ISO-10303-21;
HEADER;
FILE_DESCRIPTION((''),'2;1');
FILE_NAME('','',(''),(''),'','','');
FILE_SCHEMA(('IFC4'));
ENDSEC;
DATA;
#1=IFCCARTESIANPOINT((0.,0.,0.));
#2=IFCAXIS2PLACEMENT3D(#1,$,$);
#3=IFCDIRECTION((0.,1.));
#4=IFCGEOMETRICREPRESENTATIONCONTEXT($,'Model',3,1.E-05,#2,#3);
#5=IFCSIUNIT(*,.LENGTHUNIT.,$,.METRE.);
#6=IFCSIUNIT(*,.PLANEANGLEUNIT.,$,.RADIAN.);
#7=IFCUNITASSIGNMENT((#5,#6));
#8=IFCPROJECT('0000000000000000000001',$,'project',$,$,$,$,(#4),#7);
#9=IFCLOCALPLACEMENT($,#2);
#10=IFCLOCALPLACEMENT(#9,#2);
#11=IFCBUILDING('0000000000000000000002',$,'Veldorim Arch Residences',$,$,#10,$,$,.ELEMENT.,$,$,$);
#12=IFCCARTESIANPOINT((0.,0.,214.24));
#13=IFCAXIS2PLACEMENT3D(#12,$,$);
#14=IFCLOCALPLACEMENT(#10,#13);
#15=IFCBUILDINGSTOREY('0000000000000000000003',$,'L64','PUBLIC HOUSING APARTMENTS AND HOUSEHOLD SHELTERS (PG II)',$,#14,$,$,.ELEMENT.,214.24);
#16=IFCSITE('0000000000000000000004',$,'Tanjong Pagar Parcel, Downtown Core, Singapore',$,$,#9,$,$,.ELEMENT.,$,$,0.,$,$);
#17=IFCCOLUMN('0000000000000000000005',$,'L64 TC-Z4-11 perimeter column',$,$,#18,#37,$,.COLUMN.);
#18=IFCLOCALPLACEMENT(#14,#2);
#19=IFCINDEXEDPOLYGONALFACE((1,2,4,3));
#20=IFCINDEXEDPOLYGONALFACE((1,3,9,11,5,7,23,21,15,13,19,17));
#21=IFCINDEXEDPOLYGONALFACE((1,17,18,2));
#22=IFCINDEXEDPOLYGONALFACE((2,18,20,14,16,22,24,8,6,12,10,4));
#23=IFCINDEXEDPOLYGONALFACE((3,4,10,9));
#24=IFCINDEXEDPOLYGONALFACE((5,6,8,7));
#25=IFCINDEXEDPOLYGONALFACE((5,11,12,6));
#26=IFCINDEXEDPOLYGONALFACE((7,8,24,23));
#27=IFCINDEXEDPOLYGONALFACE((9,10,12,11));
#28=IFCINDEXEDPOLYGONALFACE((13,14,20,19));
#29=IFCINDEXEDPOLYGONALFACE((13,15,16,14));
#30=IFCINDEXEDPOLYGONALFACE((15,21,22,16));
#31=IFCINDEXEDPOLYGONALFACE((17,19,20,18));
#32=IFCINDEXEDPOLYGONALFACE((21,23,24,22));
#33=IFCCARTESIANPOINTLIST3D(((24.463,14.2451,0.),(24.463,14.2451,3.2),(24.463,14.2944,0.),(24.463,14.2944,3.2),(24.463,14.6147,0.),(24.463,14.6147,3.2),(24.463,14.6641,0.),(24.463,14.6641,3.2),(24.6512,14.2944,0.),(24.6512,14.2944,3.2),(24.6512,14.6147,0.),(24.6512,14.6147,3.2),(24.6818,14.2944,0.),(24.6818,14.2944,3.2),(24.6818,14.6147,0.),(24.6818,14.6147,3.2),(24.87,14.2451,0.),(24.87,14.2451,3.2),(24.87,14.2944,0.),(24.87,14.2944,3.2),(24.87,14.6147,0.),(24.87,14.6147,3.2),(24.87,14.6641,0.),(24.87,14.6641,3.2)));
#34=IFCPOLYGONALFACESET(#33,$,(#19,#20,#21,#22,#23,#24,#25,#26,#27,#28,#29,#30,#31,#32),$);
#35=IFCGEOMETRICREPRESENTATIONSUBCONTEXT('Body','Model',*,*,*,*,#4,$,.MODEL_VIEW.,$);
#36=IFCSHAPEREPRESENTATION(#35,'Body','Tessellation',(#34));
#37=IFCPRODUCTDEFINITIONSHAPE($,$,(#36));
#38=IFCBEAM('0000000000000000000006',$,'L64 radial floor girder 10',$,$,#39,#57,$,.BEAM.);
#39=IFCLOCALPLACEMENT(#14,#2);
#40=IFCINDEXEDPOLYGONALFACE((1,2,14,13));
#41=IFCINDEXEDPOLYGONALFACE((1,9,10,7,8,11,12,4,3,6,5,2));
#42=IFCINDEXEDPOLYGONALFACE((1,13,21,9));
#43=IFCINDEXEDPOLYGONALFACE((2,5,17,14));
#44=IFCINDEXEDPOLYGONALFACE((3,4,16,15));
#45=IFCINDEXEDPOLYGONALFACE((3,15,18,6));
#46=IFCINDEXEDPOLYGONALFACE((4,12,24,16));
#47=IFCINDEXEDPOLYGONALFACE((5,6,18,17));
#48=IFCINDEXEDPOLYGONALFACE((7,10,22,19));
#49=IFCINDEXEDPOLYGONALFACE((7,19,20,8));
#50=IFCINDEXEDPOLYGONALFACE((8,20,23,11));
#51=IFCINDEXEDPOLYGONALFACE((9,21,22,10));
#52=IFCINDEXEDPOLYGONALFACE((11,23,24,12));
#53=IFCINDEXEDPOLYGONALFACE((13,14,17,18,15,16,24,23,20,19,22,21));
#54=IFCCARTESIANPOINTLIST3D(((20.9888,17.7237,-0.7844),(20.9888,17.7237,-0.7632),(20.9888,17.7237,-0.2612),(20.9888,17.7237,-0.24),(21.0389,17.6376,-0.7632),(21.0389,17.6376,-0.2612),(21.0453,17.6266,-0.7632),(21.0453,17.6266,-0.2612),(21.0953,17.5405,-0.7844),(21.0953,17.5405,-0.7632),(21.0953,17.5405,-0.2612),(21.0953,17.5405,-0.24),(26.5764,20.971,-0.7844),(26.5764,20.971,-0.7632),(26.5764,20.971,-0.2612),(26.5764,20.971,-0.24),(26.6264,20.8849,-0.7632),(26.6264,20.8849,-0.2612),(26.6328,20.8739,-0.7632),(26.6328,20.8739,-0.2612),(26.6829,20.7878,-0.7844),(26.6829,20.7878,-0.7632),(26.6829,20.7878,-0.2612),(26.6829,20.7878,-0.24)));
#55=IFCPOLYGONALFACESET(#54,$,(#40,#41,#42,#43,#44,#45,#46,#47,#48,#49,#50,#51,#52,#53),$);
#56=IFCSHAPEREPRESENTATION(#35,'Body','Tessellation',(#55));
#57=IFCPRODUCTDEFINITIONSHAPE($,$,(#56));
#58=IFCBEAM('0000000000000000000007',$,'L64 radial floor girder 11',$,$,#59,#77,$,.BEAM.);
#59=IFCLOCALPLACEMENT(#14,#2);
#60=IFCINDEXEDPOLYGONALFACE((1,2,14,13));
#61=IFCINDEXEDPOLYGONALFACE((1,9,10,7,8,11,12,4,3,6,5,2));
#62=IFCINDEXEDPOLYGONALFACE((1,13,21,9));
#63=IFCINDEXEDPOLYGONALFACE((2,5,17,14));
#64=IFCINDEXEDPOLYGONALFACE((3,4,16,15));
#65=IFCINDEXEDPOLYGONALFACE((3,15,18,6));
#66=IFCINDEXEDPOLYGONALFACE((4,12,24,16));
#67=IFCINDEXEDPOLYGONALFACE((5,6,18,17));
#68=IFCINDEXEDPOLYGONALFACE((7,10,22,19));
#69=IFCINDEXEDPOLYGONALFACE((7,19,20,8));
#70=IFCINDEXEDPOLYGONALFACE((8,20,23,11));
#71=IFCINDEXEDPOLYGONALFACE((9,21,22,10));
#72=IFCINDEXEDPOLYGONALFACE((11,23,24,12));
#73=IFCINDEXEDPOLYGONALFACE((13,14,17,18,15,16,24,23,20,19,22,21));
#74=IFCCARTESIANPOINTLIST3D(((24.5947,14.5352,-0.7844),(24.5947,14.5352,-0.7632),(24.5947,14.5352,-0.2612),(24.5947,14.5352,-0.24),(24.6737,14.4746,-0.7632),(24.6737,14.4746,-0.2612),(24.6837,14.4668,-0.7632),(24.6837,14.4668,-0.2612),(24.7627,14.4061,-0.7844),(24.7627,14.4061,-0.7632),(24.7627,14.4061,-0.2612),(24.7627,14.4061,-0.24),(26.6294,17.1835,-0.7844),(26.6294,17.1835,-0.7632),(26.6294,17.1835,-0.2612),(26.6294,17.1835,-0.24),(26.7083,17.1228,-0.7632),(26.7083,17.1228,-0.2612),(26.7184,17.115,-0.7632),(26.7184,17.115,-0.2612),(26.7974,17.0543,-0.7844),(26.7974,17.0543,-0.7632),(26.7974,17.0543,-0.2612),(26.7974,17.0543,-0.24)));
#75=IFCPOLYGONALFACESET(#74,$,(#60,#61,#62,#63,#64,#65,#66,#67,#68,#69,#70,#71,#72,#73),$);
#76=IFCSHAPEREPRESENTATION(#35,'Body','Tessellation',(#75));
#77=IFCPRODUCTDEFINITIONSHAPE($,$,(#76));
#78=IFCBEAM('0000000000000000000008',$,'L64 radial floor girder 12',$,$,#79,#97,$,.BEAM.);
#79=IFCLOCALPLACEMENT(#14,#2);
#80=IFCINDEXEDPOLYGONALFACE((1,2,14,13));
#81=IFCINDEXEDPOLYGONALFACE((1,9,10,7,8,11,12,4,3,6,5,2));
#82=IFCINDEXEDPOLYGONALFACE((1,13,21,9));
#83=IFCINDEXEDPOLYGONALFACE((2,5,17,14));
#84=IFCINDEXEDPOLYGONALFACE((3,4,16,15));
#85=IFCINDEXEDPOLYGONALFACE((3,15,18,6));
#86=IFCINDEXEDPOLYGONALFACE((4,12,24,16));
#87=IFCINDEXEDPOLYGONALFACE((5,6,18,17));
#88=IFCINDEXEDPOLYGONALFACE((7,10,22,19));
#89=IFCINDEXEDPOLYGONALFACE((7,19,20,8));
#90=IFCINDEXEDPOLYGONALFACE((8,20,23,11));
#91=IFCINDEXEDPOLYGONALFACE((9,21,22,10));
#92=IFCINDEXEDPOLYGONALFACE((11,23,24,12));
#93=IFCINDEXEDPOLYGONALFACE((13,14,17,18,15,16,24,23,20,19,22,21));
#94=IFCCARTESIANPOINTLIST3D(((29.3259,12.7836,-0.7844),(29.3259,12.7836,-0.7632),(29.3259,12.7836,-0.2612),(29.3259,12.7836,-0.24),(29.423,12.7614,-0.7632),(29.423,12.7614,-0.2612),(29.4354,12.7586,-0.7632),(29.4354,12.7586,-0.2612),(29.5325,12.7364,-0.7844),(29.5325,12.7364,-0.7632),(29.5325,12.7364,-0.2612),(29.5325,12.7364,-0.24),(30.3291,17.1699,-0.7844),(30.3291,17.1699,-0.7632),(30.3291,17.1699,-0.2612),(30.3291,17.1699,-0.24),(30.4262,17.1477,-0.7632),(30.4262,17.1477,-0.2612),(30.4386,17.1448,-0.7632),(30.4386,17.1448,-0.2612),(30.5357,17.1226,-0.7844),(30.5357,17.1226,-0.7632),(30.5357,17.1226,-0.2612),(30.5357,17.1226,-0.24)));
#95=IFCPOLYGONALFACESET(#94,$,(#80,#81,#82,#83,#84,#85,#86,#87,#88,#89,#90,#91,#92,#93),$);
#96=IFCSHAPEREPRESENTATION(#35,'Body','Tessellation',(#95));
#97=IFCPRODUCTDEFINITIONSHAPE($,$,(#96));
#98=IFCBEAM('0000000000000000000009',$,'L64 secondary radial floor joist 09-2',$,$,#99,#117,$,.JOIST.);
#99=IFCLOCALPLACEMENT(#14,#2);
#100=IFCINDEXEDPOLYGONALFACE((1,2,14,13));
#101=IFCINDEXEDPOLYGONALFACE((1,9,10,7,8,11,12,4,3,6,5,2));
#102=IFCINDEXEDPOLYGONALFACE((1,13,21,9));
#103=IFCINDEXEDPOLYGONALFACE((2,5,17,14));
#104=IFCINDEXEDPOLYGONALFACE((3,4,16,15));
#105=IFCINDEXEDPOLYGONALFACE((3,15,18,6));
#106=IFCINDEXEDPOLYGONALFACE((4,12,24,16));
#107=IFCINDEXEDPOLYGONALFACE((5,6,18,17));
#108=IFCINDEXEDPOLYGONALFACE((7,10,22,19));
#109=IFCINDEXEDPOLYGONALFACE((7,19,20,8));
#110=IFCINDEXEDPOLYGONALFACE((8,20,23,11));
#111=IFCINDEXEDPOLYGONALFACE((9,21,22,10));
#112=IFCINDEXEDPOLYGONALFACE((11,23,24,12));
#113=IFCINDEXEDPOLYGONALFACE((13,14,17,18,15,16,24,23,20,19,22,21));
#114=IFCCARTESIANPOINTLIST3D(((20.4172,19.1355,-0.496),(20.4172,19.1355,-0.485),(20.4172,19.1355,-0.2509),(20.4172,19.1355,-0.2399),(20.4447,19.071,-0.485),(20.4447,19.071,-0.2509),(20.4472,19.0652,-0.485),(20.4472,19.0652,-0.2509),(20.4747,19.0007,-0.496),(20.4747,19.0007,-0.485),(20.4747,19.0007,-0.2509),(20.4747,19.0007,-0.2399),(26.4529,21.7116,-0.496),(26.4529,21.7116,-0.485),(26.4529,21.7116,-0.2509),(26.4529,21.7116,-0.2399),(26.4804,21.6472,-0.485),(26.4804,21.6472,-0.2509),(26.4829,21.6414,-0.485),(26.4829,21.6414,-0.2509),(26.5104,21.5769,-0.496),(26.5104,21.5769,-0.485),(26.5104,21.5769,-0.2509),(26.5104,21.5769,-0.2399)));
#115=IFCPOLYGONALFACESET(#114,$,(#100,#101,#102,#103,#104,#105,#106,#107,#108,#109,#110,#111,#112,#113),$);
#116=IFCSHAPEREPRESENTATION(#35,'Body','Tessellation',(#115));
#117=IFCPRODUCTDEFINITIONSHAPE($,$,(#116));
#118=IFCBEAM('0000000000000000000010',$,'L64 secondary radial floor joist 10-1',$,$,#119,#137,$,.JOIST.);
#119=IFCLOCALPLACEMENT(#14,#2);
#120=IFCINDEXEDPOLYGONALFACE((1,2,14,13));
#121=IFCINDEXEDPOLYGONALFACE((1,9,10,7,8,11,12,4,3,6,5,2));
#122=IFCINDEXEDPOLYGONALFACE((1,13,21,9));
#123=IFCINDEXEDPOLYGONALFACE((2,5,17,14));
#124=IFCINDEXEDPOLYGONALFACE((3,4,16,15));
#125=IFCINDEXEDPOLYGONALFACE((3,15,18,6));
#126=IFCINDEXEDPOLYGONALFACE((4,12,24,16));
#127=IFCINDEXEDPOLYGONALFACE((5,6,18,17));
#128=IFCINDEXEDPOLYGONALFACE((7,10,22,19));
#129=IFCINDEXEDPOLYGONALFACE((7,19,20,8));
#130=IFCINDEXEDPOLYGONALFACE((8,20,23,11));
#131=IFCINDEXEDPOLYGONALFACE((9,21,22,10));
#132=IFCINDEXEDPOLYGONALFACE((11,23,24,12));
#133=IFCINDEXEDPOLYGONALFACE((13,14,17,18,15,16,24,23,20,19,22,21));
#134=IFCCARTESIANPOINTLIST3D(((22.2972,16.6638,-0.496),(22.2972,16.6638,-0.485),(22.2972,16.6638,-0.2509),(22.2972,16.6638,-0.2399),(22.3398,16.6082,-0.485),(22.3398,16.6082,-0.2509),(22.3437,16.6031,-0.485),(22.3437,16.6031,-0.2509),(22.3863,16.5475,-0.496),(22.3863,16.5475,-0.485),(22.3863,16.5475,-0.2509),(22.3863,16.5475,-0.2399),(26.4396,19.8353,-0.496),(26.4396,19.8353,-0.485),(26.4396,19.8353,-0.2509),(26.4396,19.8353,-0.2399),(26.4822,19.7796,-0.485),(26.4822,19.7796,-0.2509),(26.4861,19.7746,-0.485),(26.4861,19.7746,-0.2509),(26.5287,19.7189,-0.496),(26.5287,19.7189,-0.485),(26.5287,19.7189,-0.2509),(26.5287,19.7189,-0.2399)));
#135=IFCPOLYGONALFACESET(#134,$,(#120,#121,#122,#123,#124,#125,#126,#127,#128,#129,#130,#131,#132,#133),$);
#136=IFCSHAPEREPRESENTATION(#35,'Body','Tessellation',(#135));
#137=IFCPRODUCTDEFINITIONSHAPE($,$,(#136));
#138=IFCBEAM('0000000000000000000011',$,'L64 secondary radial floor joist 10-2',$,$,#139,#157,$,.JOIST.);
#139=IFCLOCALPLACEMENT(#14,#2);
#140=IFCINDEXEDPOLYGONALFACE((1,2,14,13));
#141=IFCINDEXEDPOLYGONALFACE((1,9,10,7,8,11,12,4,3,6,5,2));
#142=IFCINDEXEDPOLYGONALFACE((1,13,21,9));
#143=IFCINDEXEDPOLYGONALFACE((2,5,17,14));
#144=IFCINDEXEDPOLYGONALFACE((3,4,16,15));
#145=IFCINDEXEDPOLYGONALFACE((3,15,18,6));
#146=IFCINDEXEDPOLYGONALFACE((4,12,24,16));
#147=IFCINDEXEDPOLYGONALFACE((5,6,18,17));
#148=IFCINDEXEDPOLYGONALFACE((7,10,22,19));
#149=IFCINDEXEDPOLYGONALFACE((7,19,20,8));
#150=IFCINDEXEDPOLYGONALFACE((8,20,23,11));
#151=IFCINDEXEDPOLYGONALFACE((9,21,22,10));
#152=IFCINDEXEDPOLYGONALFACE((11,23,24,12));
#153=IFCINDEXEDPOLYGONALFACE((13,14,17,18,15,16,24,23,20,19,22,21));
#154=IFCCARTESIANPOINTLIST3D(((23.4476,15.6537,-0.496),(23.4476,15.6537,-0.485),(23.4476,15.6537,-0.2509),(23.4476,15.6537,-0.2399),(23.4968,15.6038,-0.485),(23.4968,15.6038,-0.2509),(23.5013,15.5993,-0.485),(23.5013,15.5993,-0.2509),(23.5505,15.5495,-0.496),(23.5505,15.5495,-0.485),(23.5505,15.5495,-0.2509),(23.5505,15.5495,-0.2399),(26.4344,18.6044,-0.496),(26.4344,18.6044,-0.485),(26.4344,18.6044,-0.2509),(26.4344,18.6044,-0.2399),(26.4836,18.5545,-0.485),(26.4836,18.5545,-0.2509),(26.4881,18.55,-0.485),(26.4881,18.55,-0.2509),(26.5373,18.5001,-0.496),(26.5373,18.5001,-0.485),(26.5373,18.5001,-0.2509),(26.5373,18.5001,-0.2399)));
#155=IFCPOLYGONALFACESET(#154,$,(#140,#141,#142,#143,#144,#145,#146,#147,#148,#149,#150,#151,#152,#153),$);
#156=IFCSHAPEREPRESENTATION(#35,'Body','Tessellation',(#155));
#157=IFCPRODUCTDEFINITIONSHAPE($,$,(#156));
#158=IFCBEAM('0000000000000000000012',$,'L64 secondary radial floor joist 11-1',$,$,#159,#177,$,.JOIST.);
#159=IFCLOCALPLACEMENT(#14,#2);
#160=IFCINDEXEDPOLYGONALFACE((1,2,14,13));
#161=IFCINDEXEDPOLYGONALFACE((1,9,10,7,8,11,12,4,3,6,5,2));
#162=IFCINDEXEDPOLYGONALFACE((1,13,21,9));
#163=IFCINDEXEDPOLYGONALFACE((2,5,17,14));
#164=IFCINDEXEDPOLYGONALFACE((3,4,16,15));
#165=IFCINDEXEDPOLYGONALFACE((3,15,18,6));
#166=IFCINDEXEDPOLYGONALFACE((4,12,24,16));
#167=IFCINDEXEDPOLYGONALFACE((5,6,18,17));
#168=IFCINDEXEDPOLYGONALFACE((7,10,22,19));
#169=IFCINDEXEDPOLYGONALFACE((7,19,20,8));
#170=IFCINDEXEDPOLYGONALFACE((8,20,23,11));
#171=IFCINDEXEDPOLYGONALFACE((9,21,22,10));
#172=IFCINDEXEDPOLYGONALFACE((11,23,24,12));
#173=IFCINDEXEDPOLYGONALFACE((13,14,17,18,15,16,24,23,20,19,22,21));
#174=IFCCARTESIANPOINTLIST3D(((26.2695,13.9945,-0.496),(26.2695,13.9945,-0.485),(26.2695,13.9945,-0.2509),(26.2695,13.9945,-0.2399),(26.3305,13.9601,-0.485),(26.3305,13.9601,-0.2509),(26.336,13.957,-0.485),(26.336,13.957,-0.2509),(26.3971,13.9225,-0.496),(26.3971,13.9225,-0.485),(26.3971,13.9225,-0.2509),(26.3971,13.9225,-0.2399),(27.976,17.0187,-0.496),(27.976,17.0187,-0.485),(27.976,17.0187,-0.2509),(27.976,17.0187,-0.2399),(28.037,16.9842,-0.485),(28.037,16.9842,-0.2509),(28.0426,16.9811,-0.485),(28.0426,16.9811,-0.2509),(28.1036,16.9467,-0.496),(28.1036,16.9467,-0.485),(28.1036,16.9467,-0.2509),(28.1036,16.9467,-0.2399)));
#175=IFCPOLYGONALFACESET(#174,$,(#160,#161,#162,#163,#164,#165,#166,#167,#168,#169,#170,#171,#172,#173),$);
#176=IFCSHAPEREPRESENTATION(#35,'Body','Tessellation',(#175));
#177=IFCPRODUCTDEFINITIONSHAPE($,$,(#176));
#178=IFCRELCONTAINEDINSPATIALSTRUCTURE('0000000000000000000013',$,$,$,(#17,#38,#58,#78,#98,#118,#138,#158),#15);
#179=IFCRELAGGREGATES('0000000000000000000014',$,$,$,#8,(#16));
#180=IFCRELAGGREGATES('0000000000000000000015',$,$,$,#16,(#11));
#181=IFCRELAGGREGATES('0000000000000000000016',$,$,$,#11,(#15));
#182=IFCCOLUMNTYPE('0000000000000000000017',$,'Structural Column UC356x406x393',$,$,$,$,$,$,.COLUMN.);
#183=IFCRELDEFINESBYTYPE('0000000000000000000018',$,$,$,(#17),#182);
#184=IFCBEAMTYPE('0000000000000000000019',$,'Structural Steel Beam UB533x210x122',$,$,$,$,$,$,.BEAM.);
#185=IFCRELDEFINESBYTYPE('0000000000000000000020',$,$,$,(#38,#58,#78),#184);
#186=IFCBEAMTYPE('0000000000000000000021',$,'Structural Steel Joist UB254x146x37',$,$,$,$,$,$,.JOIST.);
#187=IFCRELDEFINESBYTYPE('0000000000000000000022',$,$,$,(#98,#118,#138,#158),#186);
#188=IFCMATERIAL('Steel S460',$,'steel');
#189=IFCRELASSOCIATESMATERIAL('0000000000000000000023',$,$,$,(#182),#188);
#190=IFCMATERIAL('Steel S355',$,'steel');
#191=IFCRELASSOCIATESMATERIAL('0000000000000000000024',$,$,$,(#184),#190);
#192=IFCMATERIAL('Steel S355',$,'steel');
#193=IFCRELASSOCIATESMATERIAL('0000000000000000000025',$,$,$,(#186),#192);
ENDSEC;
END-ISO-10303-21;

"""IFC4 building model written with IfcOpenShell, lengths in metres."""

from ifc_helpers import new_model, si_unit, direction, frame, origin, origin_2d, place, context, subcontext, project, spatial, i_section, extrude, material, material_profile, profile_set, type_object, element, save


model = new_model("IFC4")

# Units and contexts
model_context = context("Model", 3, precision=1e-05, world=origin(), true_north=direction((0.0, 1.0)))
body_context = subcontext(model_context, "Body", "Model", "MODEL_VIEW")
ifc_project = project(units=[si_unit("LENGTHUNIT", "METRE"), si_unit("PLANEANGLEUNIT", "RADIAN")], contexts=[model_context])

# Site, building, storey
site_placement = place(None, origin())
site = spatial("IfcSite", under=ifc_project, at=site_placement, Name="Tanjong Pagar Parcel, Downtown Core, Singapore", CompositionType="ELEMENT", RefElevation=0.0)
building_placement = place(site_placement, origin())
building = spatial("IfcBuilding", under=site, at=building_placement, Name="Veldorim Arch Residences", CompositionType="ELEMENT")
storey_placement = place(building_placement, frame((0.0, 0.0, 214.24)))
storey = spatial("IfcBuildingStorey", under=building, at=storey_placement, Name="L64", Description="PUBLIC HOUSING APARTMENTS AND HOUSEHOLD SHELTERS (PG II)", CompositionType="ELEMENT", Elevation=214.24)

# Column
ifc_material_1 = material(Name="Steel S460", Category="steel")
ifc_material_profile_1 = material_profile(ifc_material_1, i_section(OverallWidth=0.407, OverallDepth=0.4189, WebThickness=0.0305, FlangeThickness=0.0493, at=origin_2d()), Name="UC356x406x393")
ifc_profile_set_1 = profile_set([ifc_material_profile_1], Name="Steel S460")
column_type = type_object("IfcColumnType", Name="Structural Column UC356x406x393", PredefinedType="COLUMN", material=ifc_profile_set_1)
column_placement = place(storey_placement, frame((24.6665, 14.4546, 0.0), z_axis=(0.0, 0.0, 1.0), x_axis=(1.0, 0.0, 0.0)))
element("IfcColumn", 1, at=column_placement, inside=storey, type_object=column_type, Name="L64 TC-Z4-11 perimeter column", PredefinedType="COLUMN", context=body_context, shape_type="SweptSolid", body=[
    extrude(i_section(OverallWidth=0.407, OverallDepth=0.4189, WebThickness=0.0305, FlangeThickness=0.0493, at=origin_2d()), origin(), (0.0, 0.0, 1.0), 3.2),
])

# Beams
ifc_material_2 = material(Name="Steel S355", Category="steel")
ifc_material_profile_2 = material_profile(ifc_material_2, i_section(OverallWidth=0.2119, OverallDepth=0.5444, WebThickness=0.0127, FlangeThickness=0.0212, at=origin_2d()), Name="UB533x210x122")
ifc_profile_set_2 = profile_set([ifc_material_profile_2], Name="Steel S355")
beam_type_1 = type_object("IfcBeamType", Name="Structural Steel Beam UB533x210x122", PredefinedType="BEAM", material=ifc_profile_set_2)
beam_1_placement = place(storey_placement, frame((26.6296, 20.8794, -0.5122), z_axis=(-0.864596, -0.502468, 0.0), x_axis=(0.502468, -0.864596, 0.0)))
element("IfcBeam", 2, at=beam_1_placement, inside=storey, type_object=beam_type_1, Name="L64 radial floor girder 10", PredefinedType="BEAM", context=body_context, shape_type="SweptSolid", body=[
    extrude(i_section(OverallWidth=0.2119, OverallDepth=0.5444, WebThickness=0.0127, FlangeThickness=0.0212, at=origin_2d()), origin(), (0.0, 0.0, 1.0), 6.4626),
])
beam_2_placement = place(storey_placement, frame((26.7134, 17.1189, -0.5122), z_axis=(-0.609258, -0.792972, 0.0), x_axis=(0.792972, -0.609258, 0.0)))
element("IfcBeam", 3, at=beam_2_placement, inside=storey, type_object=beam_type_1, Name="L64 radial floor girder 11", PredefinedType="BEAM", context=body_context, shape_type="SweptSolid", body=[
    extrude(i_section(OverallWidth=0.2119, OverallDepth=0.5444, WebThickness=0.0127, FlangeThickness=0.0212, at=origin_2d()), origin(), (0.0, 0.0, 1.0), 3.3396),
])
beam_3_placement = place(storey_placement, frame((30.4324, 17.1462, -0.5122), z_axis=(-0.222953, -0.974829, 0.0), x_axis=(0.974829, -0.222953, 0.0)))
element("IfcBeam", 4, at=beam_3_placement, inside=storey, type_object=beam_type_1, Name="L64 radial floor girder 12", PredefinedType="BEAM", context=body_context, shape_type="SweptSolid", body=[
    extrude(i_section(OverallWidth=0.2119, OverallDepth=0.5444, WebThickness=0.0127, FlangeThickness=0.0212, at=origin_2d()), origin(), (0.0, 0.0, 1.0), 4.4995),
])
ifc_material_3 = material(Name="Steel S355", Category="steel")
ifc_material_profile_3 = material_profile(ifc_material_3, i_section(OverallWidth=0.1465, OverallDepth=0.2561, WebThickness=0.0063, FlangeThickness=0.011, at=origin_2d()), Name="UB254x146x37")
ifc_profile_set_3 = profile_set([ifc_material_profile_3], Name="Steel S355")
beam_type_2 = type_object("IfcBeamType", Name="Structural Steel Joist UB254x146x37", PredefinedType="JOIST", material=ifc_profile_set_3)
beam_4_placement = place(storey_placement, frame((26.4817, 21.6443, -0.3679), z_axis=(-0.919725, -0.392563, 0.0), x_axis=(0.392563, -0.919725, 0.0)))
element("IfcBeam", 5, at=beam_4_placement, inside=storey, type_object=beam_type_2, Name="L64 secondary radial floor joist 09-2", PredefinedType="JOIST", context=body_context, shape_type="SweptSolid", body=[
    extrude(i_section(OverallWidth=0.1465, OverallDepth=0.2561, WebThickness=0.0063, FlangeThickness=0.011, at=origin_2d()), origin(), (0.0, 0.0, 1.0), 6.5625),
])
beam_5_placement = place(storey_placement, frame((26.4841, 19.7771, -0.3679), z_axis=(-0.794014, -0.6079, 0.0), x_axis=(0.6079, -0.794014, 0.0)))
element("IfcBeam", 6, at=beam_5_placement, inside=storey, type_object=beam_type_2, Name="L64 secondary radial floor joist 10-1", PredefinedType="JOIST", context=body_context, shape_type="SweptSolid", body=[
    extrude(i_section(OverallWidth=0.1465, OverallDepth=0.2561, WebThickness=0.0063, FlangeThickness=0.011, at=origin_2d()), origin(), (0.0, 0.0, 1.0), 5.217),
])
beam_6_placement = place(storey_placement, frame((26.4858, 18.5522, -0.3679), z_axis=(-0.711397, -0.702791, 0.0), x_axis=(0.702791, -0.711397, 0.0)))
element("IfcBeam", 7, at=beam_6_placement, inside=storey, type_object=beam_type_2, Name="L64 secondary radial floor joist 10-2", PredefinedType="JOIST", context=body_context, shape_type="SweptSolid", body=[
    extrude(i_section(OverallWidth=0.1465, OverallDepth=0.2561, WebThickness=0.0063, FlangeThickness=0.011, at=origin_2d()), origin(), (0.0, 0.0, 1.0), 4.1985),
])
beam_7_placement = place(storey_placement, frame((28.0398, 16.9827, -0.3679), z_axis=(-0.491452, -0.870904, 0.0), x_axis=(0.870904, -0.491452, 0.0)))
element("IfcBeam", 8, at=beam_7_placement, inside=storey, type_object=beam_type_2, Name="L64 secondary radial floor joist 11-1", PredefinedType="JOIST", context=body_context, shape_type="SweptSolid", body=[
    extrude(i_section(OverallWidth=0.1465, OverallDepth=0.2561, WebThickness=0.0063, FlangeThickness=0.011, at=origin_2d()), origin(), (0.0, 0.0, 1.0), 3.4724),
])

save(model, "model.ifc")
